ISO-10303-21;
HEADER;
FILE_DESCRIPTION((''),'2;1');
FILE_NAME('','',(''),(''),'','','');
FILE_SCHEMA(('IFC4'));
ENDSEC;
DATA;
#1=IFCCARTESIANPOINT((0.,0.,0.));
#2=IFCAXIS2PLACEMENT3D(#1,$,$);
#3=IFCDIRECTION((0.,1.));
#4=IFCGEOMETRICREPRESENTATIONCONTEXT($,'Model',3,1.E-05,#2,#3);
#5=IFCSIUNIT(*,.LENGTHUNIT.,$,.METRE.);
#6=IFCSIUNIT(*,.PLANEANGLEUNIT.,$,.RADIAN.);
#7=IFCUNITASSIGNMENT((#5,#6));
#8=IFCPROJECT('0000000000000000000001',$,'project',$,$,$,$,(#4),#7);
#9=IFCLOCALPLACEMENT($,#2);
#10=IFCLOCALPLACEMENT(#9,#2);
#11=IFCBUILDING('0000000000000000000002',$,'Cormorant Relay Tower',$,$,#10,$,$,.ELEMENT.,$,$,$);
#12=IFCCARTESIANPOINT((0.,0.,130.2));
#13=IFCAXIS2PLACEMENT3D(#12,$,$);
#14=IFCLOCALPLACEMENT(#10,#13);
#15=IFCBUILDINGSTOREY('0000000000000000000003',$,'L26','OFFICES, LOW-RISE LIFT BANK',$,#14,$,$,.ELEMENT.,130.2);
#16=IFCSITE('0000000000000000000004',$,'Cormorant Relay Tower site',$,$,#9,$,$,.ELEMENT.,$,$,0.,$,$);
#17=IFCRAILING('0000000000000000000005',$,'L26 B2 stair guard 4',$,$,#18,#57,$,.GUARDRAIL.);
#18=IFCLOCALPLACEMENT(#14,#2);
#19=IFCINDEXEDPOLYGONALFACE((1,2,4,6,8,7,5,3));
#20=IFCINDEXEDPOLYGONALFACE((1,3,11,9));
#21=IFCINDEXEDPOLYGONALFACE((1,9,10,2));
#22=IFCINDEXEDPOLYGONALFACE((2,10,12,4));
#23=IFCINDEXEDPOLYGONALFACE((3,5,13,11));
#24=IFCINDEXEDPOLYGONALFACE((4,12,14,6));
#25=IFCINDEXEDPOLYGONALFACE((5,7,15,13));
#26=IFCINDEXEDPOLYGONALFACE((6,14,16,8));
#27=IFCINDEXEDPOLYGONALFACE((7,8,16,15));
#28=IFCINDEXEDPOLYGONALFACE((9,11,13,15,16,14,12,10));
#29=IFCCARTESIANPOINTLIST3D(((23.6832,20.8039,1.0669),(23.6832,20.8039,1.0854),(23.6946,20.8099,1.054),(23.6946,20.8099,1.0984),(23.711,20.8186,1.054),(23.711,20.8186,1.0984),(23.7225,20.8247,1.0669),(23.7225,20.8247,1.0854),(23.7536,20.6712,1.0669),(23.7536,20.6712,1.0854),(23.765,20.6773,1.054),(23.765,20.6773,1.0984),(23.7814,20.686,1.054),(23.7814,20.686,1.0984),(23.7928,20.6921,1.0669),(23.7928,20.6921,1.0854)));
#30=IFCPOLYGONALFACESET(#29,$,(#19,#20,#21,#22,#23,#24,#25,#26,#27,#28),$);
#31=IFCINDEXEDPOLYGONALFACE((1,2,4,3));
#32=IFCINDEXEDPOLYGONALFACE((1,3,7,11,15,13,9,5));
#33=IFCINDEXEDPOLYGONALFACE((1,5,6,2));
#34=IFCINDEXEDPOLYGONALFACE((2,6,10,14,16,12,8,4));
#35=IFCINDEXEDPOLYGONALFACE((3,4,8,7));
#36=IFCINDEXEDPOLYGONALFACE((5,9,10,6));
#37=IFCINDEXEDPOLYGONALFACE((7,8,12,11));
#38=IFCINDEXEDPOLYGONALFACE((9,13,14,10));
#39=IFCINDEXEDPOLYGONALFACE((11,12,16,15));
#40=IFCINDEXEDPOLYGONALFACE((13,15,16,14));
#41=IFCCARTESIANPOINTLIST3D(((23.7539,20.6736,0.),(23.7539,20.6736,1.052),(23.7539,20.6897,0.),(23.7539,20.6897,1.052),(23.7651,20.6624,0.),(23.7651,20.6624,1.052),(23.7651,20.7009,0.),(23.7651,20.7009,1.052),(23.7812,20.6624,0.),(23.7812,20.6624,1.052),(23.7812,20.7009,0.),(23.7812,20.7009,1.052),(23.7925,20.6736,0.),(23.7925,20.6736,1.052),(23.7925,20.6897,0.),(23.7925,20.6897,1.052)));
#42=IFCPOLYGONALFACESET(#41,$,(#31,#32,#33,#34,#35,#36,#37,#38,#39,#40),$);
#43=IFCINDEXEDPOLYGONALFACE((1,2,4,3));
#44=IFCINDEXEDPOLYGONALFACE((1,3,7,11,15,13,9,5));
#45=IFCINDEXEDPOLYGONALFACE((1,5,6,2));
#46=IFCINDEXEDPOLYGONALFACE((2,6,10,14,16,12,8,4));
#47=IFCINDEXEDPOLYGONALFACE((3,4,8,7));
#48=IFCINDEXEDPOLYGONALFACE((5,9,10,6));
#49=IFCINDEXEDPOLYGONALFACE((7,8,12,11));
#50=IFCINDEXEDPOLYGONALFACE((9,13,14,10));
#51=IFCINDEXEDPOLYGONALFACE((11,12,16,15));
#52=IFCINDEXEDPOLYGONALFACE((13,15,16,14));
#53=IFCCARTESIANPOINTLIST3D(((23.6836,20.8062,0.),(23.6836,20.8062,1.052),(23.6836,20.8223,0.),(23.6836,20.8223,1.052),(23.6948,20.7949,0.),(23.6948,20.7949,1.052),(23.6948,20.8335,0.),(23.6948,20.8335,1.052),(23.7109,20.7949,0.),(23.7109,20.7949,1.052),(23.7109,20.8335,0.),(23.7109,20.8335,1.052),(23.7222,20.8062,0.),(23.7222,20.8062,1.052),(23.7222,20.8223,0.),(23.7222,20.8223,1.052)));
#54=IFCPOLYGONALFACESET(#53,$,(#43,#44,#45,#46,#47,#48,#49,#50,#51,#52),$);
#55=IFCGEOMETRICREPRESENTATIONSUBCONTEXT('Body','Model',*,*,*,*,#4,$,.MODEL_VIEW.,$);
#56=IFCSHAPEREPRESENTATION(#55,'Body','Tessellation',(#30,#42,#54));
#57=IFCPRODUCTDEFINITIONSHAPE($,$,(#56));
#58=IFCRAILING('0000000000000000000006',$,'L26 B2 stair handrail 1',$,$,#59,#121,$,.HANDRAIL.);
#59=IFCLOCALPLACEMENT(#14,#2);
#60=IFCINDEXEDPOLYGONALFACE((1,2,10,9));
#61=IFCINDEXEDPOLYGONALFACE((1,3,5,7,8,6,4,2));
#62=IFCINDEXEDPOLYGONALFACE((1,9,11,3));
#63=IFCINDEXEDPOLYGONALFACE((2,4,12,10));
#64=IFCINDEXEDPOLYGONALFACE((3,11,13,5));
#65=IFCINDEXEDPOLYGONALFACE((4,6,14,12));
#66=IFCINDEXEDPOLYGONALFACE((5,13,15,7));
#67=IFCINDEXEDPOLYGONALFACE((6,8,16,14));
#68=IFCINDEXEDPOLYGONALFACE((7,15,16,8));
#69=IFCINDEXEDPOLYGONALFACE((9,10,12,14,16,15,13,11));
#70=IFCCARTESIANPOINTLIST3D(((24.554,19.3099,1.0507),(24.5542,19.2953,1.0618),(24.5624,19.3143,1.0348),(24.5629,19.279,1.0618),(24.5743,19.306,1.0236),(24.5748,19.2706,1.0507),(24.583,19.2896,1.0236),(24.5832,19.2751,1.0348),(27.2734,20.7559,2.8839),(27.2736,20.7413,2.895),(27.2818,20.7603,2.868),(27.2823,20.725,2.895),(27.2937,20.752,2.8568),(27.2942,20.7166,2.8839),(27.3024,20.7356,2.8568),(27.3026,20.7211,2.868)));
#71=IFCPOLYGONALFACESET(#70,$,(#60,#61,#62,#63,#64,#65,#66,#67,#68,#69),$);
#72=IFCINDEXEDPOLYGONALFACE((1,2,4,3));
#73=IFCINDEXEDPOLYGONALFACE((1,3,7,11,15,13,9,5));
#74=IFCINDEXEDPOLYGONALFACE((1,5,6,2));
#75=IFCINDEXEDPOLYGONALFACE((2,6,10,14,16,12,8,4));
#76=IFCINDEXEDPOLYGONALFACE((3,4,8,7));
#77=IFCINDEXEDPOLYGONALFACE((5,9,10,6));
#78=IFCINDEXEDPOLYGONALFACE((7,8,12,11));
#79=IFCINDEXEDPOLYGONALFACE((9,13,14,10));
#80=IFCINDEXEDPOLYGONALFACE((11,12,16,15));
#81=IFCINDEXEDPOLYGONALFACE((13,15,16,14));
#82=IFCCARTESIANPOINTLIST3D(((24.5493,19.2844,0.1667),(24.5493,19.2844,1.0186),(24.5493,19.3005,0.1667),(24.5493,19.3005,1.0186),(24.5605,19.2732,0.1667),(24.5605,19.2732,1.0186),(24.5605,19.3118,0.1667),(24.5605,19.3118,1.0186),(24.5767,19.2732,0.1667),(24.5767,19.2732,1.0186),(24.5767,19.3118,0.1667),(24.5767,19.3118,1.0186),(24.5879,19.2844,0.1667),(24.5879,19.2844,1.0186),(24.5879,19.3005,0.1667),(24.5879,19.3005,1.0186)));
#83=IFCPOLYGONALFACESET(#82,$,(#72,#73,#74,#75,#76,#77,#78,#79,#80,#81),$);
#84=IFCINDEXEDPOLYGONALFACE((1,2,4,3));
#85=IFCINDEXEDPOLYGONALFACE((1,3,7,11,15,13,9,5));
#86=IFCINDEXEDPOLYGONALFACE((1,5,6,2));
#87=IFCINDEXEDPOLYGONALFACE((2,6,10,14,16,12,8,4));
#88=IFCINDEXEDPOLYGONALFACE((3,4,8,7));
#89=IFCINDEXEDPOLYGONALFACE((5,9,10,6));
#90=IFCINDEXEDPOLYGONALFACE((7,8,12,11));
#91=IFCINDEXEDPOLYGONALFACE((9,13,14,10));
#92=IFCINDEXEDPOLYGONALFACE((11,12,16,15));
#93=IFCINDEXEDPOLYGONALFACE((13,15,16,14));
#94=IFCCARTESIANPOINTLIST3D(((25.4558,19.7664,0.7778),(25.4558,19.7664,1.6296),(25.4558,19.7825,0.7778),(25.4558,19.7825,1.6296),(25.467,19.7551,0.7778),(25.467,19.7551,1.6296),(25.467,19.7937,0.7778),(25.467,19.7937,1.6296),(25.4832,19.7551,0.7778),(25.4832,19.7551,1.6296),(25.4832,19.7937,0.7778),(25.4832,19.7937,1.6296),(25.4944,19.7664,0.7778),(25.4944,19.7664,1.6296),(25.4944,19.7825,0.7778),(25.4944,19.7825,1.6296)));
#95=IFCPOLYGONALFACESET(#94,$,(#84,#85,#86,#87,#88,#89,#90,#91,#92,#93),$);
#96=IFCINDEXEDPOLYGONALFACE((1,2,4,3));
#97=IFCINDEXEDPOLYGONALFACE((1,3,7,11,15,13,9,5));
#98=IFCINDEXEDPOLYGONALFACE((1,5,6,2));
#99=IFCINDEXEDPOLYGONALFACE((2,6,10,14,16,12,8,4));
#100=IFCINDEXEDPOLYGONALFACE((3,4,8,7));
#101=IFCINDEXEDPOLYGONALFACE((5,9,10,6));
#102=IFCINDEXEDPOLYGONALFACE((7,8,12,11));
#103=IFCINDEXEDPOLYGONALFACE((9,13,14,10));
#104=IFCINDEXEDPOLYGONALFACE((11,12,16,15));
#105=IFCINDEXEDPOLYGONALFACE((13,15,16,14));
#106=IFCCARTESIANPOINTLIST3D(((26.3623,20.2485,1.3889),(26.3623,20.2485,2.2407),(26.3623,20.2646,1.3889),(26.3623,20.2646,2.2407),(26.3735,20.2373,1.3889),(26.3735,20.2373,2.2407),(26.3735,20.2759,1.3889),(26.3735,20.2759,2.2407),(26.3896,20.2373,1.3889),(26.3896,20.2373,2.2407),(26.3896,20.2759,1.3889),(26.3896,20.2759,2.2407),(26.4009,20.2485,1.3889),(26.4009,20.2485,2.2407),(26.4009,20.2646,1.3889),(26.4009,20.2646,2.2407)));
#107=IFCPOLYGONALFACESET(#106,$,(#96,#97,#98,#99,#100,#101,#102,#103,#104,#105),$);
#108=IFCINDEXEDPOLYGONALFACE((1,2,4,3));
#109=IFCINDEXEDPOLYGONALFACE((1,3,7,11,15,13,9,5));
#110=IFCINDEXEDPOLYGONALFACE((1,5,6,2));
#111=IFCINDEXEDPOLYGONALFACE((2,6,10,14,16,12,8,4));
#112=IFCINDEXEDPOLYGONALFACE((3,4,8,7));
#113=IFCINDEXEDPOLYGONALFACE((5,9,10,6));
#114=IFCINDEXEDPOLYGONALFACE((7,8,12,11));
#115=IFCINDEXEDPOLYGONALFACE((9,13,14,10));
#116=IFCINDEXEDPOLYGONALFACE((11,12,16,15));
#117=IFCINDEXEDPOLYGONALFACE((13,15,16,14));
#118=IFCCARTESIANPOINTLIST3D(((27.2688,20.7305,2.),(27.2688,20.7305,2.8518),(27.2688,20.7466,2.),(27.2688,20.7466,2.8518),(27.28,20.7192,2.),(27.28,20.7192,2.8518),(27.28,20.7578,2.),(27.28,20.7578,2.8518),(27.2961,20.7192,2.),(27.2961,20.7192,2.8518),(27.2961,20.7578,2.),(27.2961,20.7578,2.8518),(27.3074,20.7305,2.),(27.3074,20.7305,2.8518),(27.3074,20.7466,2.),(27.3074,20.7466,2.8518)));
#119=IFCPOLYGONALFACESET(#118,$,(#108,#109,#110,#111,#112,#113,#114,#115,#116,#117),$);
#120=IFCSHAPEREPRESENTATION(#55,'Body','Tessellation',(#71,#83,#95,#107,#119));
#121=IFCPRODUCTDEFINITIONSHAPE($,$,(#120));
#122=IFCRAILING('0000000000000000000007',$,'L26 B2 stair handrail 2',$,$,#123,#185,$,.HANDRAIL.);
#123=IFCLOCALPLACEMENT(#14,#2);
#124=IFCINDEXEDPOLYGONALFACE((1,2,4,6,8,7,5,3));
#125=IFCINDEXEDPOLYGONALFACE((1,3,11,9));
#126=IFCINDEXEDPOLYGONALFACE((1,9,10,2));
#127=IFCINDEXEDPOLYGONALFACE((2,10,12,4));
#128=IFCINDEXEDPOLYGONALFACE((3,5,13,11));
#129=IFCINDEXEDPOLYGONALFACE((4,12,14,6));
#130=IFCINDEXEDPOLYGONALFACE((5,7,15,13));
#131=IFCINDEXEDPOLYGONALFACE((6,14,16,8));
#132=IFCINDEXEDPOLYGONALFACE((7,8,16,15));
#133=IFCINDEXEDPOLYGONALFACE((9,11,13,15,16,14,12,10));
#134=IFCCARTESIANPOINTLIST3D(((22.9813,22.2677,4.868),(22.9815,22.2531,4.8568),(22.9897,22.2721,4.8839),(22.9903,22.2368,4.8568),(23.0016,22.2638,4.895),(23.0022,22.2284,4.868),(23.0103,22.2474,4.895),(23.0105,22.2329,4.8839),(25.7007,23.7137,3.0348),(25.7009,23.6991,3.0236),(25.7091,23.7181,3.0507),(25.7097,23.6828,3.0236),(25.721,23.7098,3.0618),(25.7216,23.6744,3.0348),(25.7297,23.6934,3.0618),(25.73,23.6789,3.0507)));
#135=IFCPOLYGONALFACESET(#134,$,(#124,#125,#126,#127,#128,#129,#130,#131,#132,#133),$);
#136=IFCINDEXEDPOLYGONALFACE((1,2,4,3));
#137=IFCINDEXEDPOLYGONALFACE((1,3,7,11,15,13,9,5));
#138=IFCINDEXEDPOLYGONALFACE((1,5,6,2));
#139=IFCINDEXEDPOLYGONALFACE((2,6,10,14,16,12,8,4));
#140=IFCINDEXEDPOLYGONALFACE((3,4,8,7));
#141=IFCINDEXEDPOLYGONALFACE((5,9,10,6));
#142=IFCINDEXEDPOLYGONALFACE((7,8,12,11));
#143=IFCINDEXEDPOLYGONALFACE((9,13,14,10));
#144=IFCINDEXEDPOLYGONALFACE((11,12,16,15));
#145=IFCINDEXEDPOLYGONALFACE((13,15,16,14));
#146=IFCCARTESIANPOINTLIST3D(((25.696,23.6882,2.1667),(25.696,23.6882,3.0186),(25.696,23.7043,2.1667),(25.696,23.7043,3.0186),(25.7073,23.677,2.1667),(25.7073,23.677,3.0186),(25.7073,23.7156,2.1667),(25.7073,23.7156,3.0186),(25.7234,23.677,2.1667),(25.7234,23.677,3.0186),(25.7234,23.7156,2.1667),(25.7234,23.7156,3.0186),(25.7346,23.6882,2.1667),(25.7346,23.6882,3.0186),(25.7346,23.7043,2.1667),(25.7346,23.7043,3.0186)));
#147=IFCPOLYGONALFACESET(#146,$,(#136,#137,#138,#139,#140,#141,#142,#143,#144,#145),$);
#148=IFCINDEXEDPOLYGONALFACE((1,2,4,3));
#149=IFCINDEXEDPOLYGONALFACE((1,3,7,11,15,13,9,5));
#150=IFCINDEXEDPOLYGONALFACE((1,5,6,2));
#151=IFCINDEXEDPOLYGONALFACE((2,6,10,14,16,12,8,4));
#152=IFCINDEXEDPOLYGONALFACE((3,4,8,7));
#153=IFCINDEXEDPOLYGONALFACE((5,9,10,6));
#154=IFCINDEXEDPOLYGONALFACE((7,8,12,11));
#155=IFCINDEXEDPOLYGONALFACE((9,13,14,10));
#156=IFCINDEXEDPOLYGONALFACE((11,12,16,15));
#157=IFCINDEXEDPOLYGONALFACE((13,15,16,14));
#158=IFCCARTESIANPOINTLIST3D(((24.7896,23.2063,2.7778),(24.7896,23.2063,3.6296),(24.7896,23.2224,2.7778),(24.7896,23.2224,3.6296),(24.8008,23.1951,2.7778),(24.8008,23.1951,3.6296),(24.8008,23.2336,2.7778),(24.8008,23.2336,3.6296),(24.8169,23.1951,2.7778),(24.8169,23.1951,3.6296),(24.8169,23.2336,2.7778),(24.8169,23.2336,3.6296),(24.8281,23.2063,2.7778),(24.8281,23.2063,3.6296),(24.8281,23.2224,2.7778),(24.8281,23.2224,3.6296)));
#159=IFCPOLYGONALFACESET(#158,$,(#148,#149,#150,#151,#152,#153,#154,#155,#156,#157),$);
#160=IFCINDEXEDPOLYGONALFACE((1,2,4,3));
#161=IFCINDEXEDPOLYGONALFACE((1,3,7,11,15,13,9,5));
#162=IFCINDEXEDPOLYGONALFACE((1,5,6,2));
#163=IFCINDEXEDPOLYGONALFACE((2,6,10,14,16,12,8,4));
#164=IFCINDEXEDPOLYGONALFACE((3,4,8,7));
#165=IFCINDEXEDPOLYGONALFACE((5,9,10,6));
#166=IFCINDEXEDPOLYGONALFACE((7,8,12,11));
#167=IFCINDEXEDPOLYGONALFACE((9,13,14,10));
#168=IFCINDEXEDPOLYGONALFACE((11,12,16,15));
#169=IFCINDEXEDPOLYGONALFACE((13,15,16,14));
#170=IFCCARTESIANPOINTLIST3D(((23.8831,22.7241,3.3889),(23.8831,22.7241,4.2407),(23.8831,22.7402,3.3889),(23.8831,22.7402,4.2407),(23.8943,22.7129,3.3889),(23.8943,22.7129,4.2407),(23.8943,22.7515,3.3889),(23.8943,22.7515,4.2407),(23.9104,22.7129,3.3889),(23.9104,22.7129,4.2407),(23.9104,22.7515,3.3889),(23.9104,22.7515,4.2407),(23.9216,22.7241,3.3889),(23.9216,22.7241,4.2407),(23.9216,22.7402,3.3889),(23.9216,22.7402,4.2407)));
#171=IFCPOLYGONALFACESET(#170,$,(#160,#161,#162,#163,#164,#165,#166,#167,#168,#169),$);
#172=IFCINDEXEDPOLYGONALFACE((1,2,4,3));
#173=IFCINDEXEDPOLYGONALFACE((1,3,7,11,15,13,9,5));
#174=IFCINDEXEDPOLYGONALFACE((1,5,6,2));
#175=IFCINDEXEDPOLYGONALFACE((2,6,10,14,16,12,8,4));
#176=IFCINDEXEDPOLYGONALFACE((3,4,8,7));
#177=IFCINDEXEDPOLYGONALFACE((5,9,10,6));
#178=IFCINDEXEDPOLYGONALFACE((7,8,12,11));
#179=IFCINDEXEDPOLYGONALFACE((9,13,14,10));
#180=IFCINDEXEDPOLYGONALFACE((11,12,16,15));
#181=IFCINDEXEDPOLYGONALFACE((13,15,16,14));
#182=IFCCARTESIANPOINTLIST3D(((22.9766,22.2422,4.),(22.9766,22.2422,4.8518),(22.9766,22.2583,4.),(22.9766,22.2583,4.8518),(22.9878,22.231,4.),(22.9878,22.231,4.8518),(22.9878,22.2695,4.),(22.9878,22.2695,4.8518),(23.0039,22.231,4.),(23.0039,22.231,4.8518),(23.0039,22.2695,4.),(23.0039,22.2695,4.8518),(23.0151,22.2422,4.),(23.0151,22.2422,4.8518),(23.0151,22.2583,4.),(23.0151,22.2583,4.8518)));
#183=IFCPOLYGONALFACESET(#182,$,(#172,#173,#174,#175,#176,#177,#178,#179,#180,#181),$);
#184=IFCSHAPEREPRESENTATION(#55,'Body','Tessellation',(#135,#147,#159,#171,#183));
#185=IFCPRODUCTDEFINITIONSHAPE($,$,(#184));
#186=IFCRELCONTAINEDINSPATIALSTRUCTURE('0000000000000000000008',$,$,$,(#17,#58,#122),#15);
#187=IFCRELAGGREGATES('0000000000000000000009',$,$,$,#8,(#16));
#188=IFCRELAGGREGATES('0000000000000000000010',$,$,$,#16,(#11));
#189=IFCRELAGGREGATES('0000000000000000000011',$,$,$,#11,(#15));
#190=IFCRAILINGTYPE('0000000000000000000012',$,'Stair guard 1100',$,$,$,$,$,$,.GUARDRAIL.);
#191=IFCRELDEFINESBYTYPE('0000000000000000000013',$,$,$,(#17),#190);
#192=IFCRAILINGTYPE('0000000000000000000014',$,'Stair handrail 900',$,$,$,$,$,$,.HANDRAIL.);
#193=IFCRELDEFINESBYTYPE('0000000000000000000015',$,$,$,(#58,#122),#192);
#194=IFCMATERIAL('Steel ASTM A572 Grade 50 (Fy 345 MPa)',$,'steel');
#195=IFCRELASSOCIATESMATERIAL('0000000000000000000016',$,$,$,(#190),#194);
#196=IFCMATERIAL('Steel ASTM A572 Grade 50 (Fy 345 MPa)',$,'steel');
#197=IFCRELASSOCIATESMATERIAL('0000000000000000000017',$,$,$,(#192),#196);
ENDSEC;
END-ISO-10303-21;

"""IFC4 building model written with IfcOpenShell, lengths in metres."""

from ifc_helpers import new_model, si_unit, direction, frame, origin, place, context, subcontext, project, spatial, polyline, outline, extrude, material, type_object, element, save


model = new_model("IFC4")

# Units and contexts
model_context = context("Model", 3, precision=1e-05, world=origin(), true_north=direction((0.0, 1.0)))
body_context = subcontext(model_context, "Body", "Model", "MODEL_VIEW")
ifc_project = project(units=[si_unit("LENGTHUNIT", "METRE"), si_unit("PLANEANGLEUNIT", "RADIAN")], contexts=[model_context])

# Site, building, storey
site_placement = place(None, origin())
site = spatial("IfcSite", under=ifc_project, at=site_placement, Name="Cormorant Relay Tower site", CompositionType="ELEMENT", RefElevation=0.0)
building_placement = place(site_placement, origin())
building = spatial("IfcBuilding", under=site, at=building_placement, Name="Cormorant Relay Tower", CompositionType="ELEMENT")
storey_placement = place(building_placement, frame((0.0, 0.0, 130.2)))
storey = spatial("IfcBuildingStorey", under=building, at=storey_placement, Name="L26", Description="OFFICES, LOW-RISE LIFT BANK", CompositionType="ELEMENT", Elevation=130.2)

# Railings
ifc_material_1 = material(Name="Steel ASTM A572 Grade 50 (Fy 345 MPa)", Category="steel")
railing_type_1 = type_object("IfcRailingType", Name="Stair guard 1100", PredefinedType="GUARDRAIL", material=ifc_material_1)
railing_1_placement = place(storey_placement, frame((23.7732, 20.6816, 0.0)))
element("IfcRailing", 1, at=railing_1_placement, inside=storey, type_object=railing_type_1, Name="L26 B2 stair guard 4", PredefinedType="GUARDRAIL", context=body_context, shape_type="SweptSolid", body=[
    extrude(outline(polyline([(0.0222, 0.0093), (0.0093, 0.0222), (-0.0093, 0.0222), (-0.0222, 0.0093), (-0.0222, -0.0093), (-0.0093, -0.0222), (0.0093, -0.0222), (0.0222, -0.0093), (0.0222, 0.0093)])), frame((0.0, 0.0, 1.0762), z_axis=(-0.46856, 0.883431, 0.0), x_axis=(-0.883431, -0.46856, 0.0)), (0.0, 0.0, 1.0), 0.1501),
    extrude(outline(polyline([(0.0193, 0.0081), (0.0081, 0.0193), (-0.0081, 0.0193), (-0.0193, 0.0081), (-0.0193, -0.0081), (-0.0081, -0.0193), (0.0081, -0.0193), (0.0193, -0.0081), (0.0193, 0.0081)])), origin(), (0.0, 0.0, 1.0), 1.052),
    extrude(outline(polyline([(0.0193, 0.0081), (0.0081, 0.0193), (-0.0081, 0.0193), (-0.0193, 0.0081), (-0.0193, -0.0081), (-0.0081, -0.0193), (0.0081, -0.0193), (0.0193, -0.0081), (0.0193, 0.0081)])), frame((-0.0703, 0.1326, 0.0)), (0.0, 0.0, 1.0), 1.052),
])
ifc_material_2 = material(Name="Steel ASTM A572 Grade 50 (Fy 345 MPa)", Category="steel")
railing_type_2 = type_object("IfcRailingType", Name="Stair handrail 900", PredefinedType="HANDRAIL", material=ifc_material_2)
railing_2_placement = place(storey_placement, frame((24.5686, 19.2925, 0.1667)))
element("IfcRailing", 2, at=railing_2_placement, inside=storey, type_object=railing_type_2, Name="L26 B2 stair handrail 1", PredefinedType="HANDRAIL", context=body_context, shape_type="SweptSolid", body=[
    extrude(outline(polyline([(0.0222, 0.0093), (0.0093, 0.0222), (-0.0093, 0.0222), (-0.0222, 0.0093), (-0.0222, -0.0093), (-0.0093, -0.0222), (0.0093, -0.0222), (0.0222, -0.0093), (0.0222, 0.0093)])), frame((0.0, 0.0, 0.876), z_axis=(0.758714, 0.403435, 0.511463), x_axis=(-0.469489, 0.882938, 0.0)), (0.0, 0.0, 1.0), 3.5842),
    extrude(outline(polyline([(0.0193, 0.0081), (0.0081, 0.0193), (-0.0081, 0.0193), (-0.0193, 0.0081), (-0.0193, -0.0081), (-0.0081, -0.0193), (0.0081, -0.0193), (0.0193, -0.0081), (0.0193, 0.0081)])), origin(), (0.0, 0.0, 1.0), 0.8518),
    extrude(outline(polyline([(0.0193, 0.0081), (0.0081, 0.0193), (-0.0081, 0.0193), (-0.0193, 0.0081), (-0.0193, -0.0081), (-0.0081, -0.0193), (0.0081, -0.0193), (0.0193, -0.0081), (0.0193, 0.0081)])), frame((0.9065, 0.4819, 0.6111)), (0.0, 0.0, 1.0), 0.8518),
    extrude(outline(polyline([(0.0193, 0.0081), (0.0081, 0.0193), (-0.0081, 0.0193), (-0.0193, 0.0081), (-0.0193, -0.0081), (-0.0081, -0.0193), (0.0081, -0.0193), (0.0193, -0.0081), (0.0193, 0.0081)])), frame((1.813, 0.9641, 1.2222)), (0.0, 0.0, 1.0), 0.8518),
    extrude(outline(polyline([(0.0193, 0.0081), (0.0081, 0.0193), (-0.0081, 0.0193), (-0.0193, 0.0081), (-0.0193, -0.0081), (-0.0081, -0.0193), (0.0081, -0.0193), (0.0193, -0.0081), (0.0193, 0.0081)])), frame((2.7195, 1.446, 1.8333)), (0.0, 0.0, 1.0), 0.8518),
])
railing_3_placement = place(storey_placement, frame((25.7153, 23.6963, 2.1667)))
element("IfcRailing", 3, at=railing_3_placement, inside=storey, type_object=railing_type_2, Name="L26 B2 stair handrail 2", PredefinedType="HANDRAIL", context=body_context, shape_type="SweptSolid", body=[
    extrude(outline(polyline([(0.0222, 0.0093), (0.0093, 0.0222), (-0.0093, 0.0222), (-0.0222, 0.0093), (-0.0222, -0.0093), (-0.0093, -0.0222), (0.0093, -0.0222), (0.0222, -0.0093), (0.0222, 0.0093)])), frame((0.0, 0.0, 0.876), z_axis=(-0.758714, -0.403435, 0.511463), x_axis=(0.469489, -0.882938, 0.0)), (0.0, 0.0, 1.0), 3.5842),
    extrude(outline(polyline([(0.0193, 0.0081), (0.0081, 0.0193), (-0.0081, 0.0193), (-0.0193, 0.0081), (-0.0193, -0.0081), (-0.0081, -0.0193), (0.0081, -0.0193), (0.0193, -0.0081), (0.0193, 0.0081)])), origin(), (0.0, 0.0, 1.0), 0.8518),
    extrude(outline(polyline([(0.0193, 0.0081), (0.0081, 0.0193), (-0.0081, 0.0193), (-0.0193, 0.0081), (-0.0193, -0.0081), (-0.0081, -0.0193), (0.0081, -0.0193), (0.0193, -0.0081), (0.0193, 0.0081)])), frame((-0.9065, -0.4819, 0.6111)), (0.0, 0.0, 1.0), 0.8518),
    extrude(outline(polyline([(0.0193, 0.0081), (0.0081, 0.0193), (-0.0081, 0.0193), (-0.0193, 0.0081), (-0.0193, -0.0081), (-0.0081, -0.0193), (0.0081, -0.0193), (0.0193, -0.0081), (0.0193, 0.0081)])), frame((-1.813, -0.9641, 1.2222)), (0.0, 0.0, 1.0), 0.8518),
    extrude(outline(polyline([(0.0193, 0.0081), (0.0081, 0.0193), (-0.0081, 0.0193), (-0.0193, 0.0081), (-0.0193, -0.0081), (-0.0081, -0.0193), (0.0081, -0.0193), (0.0193, -0.0081), (0.0193, 0.0081)])), frame((-2.7195, -1.446, 1.8333)), (0.0, 0.0, 1.0), 0.8518),
])

save(model, "model.ifc")
